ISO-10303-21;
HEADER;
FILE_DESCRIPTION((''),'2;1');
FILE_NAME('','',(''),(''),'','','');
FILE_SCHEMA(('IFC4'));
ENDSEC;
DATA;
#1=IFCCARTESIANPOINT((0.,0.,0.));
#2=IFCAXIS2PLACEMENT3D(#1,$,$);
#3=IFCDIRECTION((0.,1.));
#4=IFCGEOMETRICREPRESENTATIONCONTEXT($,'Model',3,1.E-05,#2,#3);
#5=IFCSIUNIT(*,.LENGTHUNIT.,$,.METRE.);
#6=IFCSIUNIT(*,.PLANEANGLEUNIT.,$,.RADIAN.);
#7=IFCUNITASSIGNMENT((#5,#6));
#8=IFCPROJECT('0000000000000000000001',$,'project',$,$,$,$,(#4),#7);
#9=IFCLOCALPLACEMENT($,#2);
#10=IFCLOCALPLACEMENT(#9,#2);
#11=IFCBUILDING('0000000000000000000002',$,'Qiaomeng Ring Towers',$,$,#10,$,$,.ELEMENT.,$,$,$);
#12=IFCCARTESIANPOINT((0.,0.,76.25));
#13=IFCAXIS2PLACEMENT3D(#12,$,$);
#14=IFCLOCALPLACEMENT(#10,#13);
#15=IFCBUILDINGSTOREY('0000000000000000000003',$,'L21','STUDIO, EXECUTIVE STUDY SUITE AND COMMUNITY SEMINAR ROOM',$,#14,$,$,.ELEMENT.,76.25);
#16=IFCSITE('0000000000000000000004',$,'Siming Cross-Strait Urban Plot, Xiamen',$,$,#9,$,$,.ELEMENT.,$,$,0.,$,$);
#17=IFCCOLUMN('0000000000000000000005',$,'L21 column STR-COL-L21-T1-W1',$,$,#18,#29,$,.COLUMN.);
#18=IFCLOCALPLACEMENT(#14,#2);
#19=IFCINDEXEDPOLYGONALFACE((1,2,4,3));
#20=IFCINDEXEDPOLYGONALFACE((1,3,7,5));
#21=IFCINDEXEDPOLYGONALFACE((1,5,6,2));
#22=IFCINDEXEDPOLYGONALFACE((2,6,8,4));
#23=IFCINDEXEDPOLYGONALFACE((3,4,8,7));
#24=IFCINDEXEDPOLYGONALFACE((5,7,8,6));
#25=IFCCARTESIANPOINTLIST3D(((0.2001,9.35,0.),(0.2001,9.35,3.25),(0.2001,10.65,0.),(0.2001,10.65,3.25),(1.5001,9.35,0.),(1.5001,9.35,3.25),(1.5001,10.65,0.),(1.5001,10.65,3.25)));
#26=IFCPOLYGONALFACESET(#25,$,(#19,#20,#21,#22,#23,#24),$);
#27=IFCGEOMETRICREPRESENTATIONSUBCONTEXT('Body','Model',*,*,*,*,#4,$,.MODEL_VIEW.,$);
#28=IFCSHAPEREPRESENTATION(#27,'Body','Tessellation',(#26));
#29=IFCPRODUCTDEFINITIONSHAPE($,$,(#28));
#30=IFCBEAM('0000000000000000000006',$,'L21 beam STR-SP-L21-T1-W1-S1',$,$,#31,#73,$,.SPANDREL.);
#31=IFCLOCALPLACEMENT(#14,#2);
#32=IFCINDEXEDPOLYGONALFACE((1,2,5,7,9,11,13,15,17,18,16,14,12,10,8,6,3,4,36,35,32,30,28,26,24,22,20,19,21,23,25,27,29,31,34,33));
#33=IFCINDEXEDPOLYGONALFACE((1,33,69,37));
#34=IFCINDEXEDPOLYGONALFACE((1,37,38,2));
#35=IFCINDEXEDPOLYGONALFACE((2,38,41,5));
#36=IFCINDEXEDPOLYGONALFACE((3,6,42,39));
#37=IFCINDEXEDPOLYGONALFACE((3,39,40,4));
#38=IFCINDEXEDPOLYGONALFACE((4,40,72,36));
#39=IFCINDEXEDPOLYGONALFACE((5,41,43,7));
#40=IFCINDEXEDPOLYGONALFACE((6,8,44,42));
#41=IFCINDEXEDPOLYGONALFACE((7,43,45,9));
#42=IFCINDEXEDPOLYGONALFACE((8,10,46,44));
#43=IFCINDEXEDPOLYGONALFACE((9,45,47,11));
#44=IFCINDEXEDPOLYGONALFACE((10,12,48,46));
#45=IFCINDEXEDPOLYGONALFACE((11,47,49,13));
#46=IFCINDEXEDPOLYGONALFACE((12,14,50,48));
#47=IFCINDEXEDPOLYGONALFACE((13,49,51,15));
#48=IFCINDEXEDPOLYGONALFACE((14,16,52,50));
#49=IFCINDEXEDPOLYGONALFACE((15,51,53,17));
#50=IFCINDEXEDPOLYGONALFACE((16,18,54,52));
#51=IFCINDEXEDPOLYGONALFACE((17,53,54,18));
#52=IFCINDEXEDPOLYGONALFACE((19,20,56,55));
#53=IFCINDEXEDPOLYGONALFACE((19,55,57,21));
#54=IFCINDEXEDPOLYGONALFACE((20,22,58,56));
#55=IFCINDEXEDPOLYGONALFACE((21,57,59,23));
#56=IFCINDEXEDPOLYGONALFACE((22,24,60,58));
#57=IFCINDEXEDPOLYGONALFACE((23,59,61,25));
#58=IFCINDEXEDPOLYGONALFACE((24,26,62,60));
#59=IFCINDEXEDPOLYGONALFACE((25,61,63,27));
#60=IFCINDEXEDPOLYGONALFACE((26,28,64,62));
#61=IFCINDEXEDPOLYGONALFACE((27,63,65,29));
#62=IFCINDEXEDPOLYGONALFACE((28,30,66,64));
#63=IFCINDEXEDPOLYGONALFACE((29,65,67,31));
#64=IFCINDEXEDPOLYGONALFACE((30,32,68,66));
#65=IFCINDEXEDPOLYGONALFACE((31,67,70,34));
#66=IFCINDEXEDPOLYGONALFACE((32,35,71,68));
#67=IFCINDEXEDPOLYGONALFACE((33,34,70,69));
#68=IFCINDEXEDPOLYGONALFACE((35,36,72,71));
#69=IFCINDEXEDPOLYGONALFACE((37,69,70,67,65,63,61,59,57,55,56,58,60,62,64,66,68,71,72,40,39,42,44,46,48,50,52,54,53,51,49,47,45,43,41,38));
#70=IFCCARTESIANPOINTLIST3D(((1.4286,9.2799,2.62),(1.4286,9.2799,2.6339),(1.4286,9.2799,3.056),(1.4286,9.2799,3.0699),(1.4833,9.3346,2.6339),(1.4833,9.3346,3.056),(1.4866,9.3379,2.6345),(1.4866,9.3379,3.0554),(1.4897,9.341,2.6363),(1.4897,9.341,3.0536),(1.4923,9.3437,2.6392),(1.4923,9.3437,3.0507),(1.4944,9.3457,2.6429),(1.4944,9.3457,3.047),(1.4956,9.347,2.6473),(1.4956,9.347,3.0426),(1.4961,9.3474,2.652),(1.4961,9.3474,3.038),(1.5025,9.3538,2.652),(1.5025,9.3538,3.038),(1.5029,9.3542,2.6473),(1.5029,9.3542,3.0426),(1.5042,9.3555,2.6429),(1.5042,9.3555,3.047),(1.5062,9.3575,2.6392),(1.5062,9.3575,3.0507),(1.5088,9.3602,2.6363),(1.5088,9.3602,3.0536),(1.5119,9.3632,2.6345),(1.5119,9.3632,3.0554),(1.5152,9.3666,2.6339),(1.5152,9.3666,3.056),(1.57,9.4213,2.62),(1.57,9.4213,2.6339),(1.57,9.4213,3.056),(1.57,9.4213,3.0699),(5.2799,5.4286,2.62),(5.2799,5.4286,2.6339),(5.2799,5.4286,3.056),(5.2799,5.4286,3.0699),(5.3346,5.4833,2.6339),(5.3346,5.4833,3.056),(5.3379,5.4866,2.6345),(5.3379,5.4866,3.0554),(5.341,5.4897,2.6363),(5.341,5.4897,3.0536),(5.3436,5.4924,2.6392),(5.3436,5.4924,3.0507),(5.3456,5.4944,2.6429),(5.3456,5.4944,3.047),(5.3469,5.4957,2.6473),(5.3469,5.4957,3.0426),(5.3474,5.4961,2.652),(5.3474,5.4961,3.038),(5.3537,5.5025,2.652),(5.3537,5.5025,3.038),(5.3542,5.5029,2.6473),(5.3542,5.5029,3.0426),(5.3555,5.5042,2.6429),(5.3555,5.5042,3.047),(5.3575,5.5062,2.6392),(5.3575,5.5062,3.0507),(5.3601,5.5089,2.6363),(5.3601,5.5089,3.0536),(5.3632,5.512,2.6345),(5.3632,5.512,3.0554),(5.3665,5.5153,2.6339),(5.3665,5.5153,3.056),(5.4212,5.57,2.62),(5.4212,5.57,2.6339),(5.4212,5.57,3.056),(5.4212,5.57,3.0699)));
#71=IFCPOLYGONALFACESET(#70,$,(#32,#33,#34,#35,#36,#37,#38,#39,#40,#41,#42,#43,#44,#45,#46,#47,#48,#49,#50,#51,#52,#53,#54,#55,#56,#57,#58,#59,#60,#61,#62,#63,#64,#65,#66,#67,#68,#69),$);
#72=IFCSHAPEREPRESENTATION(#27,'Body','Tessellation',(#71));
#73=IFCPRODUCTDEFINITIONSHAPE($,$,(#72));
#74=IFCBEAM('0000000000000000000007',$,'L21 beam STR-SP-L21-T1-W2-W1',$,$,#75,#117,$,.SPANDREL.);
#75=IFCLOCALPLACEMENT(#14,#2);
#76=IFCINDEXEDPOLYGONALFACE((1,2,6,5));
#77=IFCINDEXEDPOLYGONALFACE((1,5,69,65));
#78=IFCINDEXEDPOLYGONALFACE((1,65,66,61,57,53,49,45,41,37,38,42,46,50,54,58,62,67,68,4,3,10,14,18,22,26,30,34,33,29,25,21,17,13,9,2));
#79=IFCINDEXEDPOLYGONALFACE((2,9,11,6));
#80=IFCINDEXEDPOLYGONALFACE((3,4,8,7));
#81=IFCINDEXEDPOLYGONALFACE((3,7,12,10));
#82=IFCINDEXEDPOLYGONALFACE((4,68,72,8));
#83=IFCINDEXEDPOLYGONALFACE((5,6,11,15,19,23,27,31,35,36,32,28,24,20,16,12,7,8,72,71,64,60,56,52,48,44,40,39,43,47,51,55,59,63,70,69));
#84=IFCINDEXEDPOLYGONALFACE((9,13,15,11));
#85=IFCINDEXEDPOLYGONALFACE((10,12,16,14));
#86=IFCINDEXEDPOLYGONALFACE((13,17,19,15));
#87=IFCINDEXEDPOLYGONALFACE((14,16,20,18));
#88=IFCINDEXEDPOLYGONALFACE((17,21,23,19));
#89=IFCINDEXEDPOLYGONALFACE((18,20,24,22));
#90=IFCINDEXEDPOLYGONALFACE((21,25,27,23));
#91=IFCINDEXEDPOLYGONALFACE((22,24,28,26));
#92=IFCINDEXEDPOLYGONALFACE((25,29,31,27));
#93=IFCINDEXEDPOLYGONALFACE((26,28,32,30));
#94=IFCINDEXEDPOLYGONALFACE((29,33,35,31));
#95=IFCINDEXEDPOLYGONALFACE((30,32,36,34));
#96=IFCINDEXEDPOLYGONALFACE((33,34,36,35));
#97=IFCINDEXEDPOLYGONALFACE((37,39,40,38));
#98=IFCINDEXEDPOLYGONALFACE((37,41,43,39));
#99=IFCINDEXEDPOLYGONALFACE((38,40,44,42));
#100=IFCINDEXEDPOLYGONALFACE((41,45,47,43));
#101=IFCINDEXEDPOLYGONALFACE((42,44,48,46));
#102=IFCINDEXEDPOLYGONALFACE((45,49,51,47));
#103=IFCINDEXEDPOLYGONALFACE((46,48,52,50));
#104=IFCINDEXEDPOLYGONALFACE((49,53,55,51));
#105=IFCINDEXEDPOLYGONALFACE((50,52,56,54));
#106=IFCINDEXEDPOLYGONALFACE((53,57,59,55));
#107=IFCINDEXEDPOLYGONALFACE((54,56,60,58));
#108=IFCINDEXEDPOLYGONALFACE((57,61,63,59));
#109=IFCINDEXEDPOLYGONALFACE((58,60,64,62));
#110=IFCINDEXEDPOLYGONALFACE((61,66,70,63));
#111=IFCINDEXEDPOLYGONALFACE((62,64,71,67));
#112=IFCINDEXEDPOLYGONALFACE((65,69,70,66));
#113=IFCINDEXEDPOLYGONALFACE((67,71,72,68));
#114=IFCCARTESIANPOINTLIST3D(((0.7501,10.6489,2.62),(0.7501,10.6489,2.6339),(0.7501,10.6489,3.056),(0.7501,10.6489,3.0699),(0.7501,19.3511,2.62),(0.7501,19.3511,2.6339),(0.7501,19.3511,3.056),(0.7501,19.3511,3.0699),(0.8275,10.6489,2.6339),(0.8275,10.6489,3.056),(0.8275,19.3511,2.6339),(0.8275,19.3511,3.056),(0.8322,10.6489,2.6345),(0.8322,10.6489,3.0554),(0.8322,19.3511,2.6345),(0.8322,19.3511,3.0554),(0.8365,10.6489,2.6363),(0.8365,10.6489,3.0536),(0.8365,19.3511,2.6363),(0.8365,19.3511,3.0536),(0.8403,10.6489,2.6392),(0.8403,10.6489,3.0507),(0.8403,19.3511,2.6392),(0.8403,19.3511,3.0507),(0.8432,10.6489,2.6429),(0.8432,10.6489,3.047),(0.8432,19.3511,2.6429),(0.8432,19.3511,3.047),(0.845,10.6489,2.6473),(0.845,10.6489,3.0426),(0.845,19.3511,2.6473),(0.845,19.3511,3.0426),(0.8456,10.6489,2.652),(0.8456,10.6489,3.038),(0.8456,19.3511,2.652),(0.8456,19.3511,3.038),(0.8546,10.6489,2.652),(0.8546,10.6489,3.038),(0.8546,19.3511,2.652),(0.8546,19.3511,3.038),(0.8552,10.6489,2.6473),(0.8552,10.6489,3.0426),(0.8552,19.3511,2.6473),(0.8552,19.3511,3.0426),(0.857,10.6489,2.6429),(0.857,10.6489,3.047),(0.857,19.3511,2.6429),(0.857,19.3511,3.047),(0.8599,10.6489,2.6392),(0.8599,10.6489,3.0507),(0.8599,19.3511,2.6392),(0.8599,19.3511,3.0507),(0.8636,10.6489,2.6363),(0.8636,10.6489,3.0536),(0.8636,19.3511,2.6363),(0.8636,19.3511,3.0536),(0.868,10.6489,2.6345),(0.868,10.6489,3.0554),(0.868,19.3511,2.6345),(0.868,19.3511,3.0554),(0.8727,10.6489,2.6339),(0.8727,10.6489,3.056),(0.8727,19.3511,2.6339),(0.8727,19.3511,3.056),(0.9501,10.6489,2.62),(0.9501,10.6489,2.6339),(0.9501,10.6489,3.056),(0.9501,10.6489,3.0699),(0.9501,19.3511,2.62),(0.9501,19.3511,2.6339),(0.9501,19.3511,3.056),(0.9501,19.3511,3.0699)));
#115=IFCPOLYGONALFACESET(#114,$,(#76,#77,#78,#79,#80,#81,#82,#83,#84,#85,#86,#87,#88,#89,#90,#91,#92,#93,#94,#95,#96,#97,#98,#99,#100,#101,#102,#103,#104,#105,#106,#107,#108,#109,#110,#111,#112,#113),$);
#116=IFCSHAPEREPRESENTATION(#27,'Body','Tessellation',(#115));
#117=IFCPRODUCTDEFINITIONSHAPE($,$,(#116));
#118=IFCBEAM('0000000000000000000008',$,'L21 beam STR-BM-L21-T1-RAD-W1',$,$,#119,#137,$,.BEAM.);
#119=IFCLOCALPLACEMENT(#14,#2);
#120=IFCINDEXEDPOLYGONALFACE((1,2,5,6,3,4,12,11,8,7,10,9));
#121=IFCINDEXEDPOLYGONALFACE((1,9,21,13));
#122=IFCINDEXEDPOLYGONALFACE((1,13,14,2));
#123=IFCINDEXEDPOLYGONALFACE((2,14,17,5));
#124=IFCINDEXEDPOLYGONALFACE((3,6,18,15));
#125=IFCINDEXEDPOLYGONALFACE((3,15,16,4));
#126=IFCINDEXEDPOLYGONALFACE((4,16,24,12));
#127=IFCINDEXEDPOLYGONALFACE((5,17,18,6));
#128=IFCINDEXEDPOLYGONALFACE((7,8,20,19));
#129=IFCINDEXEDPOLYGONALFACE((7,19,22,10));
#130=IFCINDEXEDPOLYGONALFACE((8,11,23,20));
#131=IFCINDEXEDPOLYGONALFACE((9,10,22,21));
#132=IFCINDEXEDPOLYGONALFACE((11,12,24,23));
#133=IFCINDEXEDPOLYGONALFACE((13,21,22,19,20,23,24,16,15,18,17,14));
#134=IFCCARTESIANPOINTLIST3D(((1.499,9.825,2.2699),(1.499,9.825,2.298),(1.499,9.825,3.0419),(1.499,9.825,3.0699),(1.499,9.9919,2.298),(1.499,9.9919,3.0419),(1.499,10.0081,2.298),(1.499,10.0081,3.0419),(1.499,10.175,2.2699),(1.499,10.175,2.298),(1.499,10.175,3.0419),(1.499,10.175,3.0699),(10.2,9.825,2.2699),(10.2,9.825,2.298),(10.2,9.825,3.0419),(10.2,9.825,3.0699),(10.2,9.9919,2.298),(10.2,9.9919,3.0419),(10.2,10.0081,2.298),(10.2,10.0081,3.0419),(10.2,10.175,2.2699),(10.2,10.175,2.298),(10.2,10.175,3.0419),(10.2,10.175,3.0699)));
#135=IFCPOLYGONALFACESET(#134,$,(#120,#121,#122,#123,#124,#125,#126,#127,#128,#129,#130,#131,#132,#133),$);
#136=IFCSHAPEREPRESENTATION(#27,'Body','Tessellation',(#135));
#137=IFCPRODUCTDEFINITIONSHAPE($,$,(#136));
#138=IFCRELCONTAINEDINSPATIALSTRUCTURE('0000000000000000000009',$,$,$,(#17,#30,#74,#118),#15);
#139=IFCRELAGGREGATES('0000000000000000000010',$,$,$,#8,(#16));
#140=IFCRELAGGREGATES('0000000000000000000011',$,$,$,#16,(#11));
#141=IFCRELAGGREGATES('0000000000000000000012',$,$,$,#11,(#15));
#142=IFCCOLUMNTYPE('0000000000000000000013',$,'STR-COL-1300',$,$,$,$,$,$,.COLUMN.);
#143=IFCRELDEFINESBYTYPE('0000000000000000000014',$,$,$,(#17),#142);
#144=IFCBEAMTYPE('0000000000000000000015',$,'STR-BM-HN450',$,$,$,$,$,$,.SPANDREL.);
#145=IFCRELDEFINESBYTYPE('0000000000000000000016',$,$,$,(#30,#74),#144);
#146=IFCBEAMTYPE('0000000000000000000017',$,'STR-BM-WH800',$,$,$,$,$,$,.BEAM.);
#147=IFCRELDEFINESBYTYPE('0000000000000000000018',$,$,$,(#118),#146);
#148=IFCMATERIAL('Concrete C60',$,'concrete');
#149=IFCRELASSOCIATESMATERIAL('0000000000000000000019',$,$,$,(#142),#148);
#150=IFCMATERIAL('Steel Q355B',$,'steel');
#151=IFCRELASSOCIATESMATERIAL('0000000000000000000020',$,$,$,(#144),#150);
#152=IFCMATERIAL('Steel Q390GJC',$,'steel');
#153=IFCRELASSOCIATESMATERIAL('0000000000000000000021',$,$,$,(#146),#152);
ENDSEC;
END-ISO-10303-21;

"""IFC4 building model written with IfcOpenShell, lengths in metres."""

from ifc_helpers import new_model, si_unit, direction, frame, origin, origin_2d, place, context, subcontext, project, spatial, rectangle, i_section, extrude, source, transform, mapped, material, material_profile, profile_set, type_object, element, save


model = new_model("IFC4")

# Units and contexts
model_context = context("Model", 3, precision=1e-05, world=origin(), true_north=direction((0.0, 1.0)))
body_context = subcontext(model_context, "Body", "Model", "MODEL_VIEW")
ifc_project = project(units=[si_unit("LENGTHUNIT", "METRE"), si_unit("PLANEANGLEUNIT", "RADIAN")], contexts=[model_context])

# Site, building, storey
site_placement = place(None, origin())
site = spatial("IfcSite", under=ifc_project, at=site_placement, Name="Siming Cross-Strait Urban Plot, Xiamen", CompositionType="ELEMENT", RefElevation=0.0)
building_placement = place(site_placement, origin())
building = spatial("IfcBuilding", under=site, at=building_placement, Name="Qiaomeng Ring Towers", CompositionType="ELEMENT")
storey_placement = place(building_placement, frame((0.0, 0.0, 76.25)))
storey = spatial("IfcBuildingStorey", under=building, at=storey_placement, Name="L21", Description="STUDIO, EXECUTIVE STUDY SUITE AND COMMUNITY SEMINAR ROOM", CompositionType="ELEMENT", Elevation=76.25)

# Column
ifc_material_1 = material(Name="Concrete C60", Category="concrete")
ifc_material_profile_1 = material_profile(ifc_material_1, rectangle(XDim=1.3, YDim=1.3, at=origin_2d()), Name="RC COL 1300x1300")
ifc_profile_set_1 = profile_set([ifc_material_profile_1], Name="Concrete C60")
column_type = type_object("IfcColumnType", Name="STR-COL-1300", PredefinedType="COLUMN", material=ifc_profile_set_1)
shared_shape_1 = source(origin(), body_context, "Body", "SweptSolid", [
    extrude(rectangle(XDim=1.3, YDim=1.3, at=origin_2d()), origin(), (0.0, 0.0, 1.0), 3.25),
])
column_placement = place(storey_placement, frame((0.8501, 10.0, 0.0), z_axis=(0.0, 0.0, 1.0), x_axis=(1.0, 0.0, 0.0)))
element("IfcColumn", 1, at=column_placement, inside=storey, type_object=column_type, Name="L21 column STR-COL-L21-T1-W1", PredefinedType="COLUMN", context=body_context, shape_type="MappedRepresentation", body=[
    mapped(shared_shape_1, transform((0.0, 0.0, 0.0), x_axis=(1.0, 0.0, 0.0), y_axis=(0.0, 1.0, 0.0), z_axis=(0.0, 0.0, 1.0), scale=1.0)),
])

# Beams
ifc_material_2 = material(Name="Steel Q355B", Category="steel")
ifc_material_profile_2 = material_profile(ifc_material_2, i_section(OverallWidth=0.2, OverallDepth=0.45, WebThickness=0.009, FlangeThickness=0.0139, FilletRadius=0.0181, at=origin_2d()), Name="HN 450x200x9x14")
ifc_profile_set_2 = profile_set([ifc_material_profile_2], Name="Steel Q355B")
beam_type_1 = type_object("IfcBeamType", Name="STR-BM-HN450", PredefinedType="SPANDREL", material=ifc_profile_set_2)
shared_shape_2 = source(origin(), body_context, "Body", "SweptSolid", [
    extrude(i_section(OverallWidth=0.2, OverallDepth=0.45, WebThickness=0.009, FlangeThickness=0.0139, FilletRadius=0.0181, at=origin_2d()), origin(), (0.0, 0.0, 1.0), 5.4465),
])
beam_1_placement = place(storey_placement, frame((1.4993, 9.3506, 2.845), z_axis=(0.707107, -0.707107, 0.0), x_axis=(0.707107, 0.707107, 0.0)))
element("IfcBeam", 2, at=beam_1_placement, inside=storey, type_object=beam_type_1, Name="L21 beam STR-SP-L21-T1-W1-S1", PredefinedType="SPANDREL", context=body_context, shape_type="MappedRepresentation", body=[
    mapped(shared_shape_2, transform((0.0, 0.0, 0.0), x_axis=(1.0, 0.0, 0.0), y_axis=(0.0, 1.0, 0.0), z_axis=(0.0, 0.0, 1.0), scale=1.0)),
])
shared_shape_3 = source(origin(), body_context, "Body", "SweptSolid", [
    extrude(i_section(OverallWidth=0.2, OverallDepth=0.45, WebThickness=0.009, FlangeThickness=0.0139, FilletRadius=0.0181, at=origin_2d()), origin(), (0.0, 0.0, 1.0), 8.7021),
])
beam_2_placement = place(storey_placement, frame((0.8501, 19.3511, 2.845), z_axis=(0.0, -1.0, 0.0), x_axis=(1.0, 0.0, 0.0)))
element("IfcBeam", 3, at=beam_2_placement, inside=storey, type_object=beam_type_1, Name="L21 beam STR-SP-L21-T1-W2-W1", PredefinedType="SPANDREL", context=body_context, shape_type="MappedRepresentation", body=[
    mapped(shared_shape_3, transform((0.0, 0.0, 0.0), x_axis=(1.0, 0.0, 0.0), y_axis=(0.0, 1.0, 0.0), z_axis=(0.0, 0.0, 1.0), scale=1.0)),
])
ifc_material_3 = material(Name="Steel Q390GJC", Category="steel")
ifc_material_profile_3 = material_profile(ifc_material_3, i_section(OverallWidth=0.3501, OverallDepth=0.8, WebThickness=0.0161, FlangeThickness=0.0281, at=origin_2d()), Name="WH 800x350x16x28")
ifc_profile_set_3 = profile_set([ifc_material_profile_3], Name="Steel Q390GJC")
beam_type_2 = type_object("IfcBeamType", Name="STR-BM-WH800", PredefinedType="BEAM", material=ifc_profile_set_3)
shared_shape_4 = source(origin(), body_context, "Body", "SweptSolid", [
    extrude(i_section(OverallWidth=0.3501, OverallDepth=0.8, WebThickness=0.0161, FlangeThickness=0.0281, at=origin_2d()), origin(), (0.0, 0.0, 1.0), 8.7009),
])
beam_3_placement = place(storey_placement, frame((1.499, 10.0, 2.6699), z_axis=(1.0, 0.0, 0.0), x_axis=(0.0, 1.0, 0.0)))
element("IfcBeam", 4, at=beam_3_placement, inside=storey, type_object=beam_type_2, Name="L21 beam STR-BM-L21-T1-RAD-W1", PredefinedType="BEAM", context=body_context, shape_type="MappedRepresentation", body=[
    mapped(shared_shape_4, transform((0.0, 0.0, 0.0), x_axis=(1.0, 0.0, 0.0), y_axis=(0.0, 1.0, 0.0), z_axis=(0.0, 0.0, 1.0), scale=1.0)),
])

save(model, "model.ifc")
